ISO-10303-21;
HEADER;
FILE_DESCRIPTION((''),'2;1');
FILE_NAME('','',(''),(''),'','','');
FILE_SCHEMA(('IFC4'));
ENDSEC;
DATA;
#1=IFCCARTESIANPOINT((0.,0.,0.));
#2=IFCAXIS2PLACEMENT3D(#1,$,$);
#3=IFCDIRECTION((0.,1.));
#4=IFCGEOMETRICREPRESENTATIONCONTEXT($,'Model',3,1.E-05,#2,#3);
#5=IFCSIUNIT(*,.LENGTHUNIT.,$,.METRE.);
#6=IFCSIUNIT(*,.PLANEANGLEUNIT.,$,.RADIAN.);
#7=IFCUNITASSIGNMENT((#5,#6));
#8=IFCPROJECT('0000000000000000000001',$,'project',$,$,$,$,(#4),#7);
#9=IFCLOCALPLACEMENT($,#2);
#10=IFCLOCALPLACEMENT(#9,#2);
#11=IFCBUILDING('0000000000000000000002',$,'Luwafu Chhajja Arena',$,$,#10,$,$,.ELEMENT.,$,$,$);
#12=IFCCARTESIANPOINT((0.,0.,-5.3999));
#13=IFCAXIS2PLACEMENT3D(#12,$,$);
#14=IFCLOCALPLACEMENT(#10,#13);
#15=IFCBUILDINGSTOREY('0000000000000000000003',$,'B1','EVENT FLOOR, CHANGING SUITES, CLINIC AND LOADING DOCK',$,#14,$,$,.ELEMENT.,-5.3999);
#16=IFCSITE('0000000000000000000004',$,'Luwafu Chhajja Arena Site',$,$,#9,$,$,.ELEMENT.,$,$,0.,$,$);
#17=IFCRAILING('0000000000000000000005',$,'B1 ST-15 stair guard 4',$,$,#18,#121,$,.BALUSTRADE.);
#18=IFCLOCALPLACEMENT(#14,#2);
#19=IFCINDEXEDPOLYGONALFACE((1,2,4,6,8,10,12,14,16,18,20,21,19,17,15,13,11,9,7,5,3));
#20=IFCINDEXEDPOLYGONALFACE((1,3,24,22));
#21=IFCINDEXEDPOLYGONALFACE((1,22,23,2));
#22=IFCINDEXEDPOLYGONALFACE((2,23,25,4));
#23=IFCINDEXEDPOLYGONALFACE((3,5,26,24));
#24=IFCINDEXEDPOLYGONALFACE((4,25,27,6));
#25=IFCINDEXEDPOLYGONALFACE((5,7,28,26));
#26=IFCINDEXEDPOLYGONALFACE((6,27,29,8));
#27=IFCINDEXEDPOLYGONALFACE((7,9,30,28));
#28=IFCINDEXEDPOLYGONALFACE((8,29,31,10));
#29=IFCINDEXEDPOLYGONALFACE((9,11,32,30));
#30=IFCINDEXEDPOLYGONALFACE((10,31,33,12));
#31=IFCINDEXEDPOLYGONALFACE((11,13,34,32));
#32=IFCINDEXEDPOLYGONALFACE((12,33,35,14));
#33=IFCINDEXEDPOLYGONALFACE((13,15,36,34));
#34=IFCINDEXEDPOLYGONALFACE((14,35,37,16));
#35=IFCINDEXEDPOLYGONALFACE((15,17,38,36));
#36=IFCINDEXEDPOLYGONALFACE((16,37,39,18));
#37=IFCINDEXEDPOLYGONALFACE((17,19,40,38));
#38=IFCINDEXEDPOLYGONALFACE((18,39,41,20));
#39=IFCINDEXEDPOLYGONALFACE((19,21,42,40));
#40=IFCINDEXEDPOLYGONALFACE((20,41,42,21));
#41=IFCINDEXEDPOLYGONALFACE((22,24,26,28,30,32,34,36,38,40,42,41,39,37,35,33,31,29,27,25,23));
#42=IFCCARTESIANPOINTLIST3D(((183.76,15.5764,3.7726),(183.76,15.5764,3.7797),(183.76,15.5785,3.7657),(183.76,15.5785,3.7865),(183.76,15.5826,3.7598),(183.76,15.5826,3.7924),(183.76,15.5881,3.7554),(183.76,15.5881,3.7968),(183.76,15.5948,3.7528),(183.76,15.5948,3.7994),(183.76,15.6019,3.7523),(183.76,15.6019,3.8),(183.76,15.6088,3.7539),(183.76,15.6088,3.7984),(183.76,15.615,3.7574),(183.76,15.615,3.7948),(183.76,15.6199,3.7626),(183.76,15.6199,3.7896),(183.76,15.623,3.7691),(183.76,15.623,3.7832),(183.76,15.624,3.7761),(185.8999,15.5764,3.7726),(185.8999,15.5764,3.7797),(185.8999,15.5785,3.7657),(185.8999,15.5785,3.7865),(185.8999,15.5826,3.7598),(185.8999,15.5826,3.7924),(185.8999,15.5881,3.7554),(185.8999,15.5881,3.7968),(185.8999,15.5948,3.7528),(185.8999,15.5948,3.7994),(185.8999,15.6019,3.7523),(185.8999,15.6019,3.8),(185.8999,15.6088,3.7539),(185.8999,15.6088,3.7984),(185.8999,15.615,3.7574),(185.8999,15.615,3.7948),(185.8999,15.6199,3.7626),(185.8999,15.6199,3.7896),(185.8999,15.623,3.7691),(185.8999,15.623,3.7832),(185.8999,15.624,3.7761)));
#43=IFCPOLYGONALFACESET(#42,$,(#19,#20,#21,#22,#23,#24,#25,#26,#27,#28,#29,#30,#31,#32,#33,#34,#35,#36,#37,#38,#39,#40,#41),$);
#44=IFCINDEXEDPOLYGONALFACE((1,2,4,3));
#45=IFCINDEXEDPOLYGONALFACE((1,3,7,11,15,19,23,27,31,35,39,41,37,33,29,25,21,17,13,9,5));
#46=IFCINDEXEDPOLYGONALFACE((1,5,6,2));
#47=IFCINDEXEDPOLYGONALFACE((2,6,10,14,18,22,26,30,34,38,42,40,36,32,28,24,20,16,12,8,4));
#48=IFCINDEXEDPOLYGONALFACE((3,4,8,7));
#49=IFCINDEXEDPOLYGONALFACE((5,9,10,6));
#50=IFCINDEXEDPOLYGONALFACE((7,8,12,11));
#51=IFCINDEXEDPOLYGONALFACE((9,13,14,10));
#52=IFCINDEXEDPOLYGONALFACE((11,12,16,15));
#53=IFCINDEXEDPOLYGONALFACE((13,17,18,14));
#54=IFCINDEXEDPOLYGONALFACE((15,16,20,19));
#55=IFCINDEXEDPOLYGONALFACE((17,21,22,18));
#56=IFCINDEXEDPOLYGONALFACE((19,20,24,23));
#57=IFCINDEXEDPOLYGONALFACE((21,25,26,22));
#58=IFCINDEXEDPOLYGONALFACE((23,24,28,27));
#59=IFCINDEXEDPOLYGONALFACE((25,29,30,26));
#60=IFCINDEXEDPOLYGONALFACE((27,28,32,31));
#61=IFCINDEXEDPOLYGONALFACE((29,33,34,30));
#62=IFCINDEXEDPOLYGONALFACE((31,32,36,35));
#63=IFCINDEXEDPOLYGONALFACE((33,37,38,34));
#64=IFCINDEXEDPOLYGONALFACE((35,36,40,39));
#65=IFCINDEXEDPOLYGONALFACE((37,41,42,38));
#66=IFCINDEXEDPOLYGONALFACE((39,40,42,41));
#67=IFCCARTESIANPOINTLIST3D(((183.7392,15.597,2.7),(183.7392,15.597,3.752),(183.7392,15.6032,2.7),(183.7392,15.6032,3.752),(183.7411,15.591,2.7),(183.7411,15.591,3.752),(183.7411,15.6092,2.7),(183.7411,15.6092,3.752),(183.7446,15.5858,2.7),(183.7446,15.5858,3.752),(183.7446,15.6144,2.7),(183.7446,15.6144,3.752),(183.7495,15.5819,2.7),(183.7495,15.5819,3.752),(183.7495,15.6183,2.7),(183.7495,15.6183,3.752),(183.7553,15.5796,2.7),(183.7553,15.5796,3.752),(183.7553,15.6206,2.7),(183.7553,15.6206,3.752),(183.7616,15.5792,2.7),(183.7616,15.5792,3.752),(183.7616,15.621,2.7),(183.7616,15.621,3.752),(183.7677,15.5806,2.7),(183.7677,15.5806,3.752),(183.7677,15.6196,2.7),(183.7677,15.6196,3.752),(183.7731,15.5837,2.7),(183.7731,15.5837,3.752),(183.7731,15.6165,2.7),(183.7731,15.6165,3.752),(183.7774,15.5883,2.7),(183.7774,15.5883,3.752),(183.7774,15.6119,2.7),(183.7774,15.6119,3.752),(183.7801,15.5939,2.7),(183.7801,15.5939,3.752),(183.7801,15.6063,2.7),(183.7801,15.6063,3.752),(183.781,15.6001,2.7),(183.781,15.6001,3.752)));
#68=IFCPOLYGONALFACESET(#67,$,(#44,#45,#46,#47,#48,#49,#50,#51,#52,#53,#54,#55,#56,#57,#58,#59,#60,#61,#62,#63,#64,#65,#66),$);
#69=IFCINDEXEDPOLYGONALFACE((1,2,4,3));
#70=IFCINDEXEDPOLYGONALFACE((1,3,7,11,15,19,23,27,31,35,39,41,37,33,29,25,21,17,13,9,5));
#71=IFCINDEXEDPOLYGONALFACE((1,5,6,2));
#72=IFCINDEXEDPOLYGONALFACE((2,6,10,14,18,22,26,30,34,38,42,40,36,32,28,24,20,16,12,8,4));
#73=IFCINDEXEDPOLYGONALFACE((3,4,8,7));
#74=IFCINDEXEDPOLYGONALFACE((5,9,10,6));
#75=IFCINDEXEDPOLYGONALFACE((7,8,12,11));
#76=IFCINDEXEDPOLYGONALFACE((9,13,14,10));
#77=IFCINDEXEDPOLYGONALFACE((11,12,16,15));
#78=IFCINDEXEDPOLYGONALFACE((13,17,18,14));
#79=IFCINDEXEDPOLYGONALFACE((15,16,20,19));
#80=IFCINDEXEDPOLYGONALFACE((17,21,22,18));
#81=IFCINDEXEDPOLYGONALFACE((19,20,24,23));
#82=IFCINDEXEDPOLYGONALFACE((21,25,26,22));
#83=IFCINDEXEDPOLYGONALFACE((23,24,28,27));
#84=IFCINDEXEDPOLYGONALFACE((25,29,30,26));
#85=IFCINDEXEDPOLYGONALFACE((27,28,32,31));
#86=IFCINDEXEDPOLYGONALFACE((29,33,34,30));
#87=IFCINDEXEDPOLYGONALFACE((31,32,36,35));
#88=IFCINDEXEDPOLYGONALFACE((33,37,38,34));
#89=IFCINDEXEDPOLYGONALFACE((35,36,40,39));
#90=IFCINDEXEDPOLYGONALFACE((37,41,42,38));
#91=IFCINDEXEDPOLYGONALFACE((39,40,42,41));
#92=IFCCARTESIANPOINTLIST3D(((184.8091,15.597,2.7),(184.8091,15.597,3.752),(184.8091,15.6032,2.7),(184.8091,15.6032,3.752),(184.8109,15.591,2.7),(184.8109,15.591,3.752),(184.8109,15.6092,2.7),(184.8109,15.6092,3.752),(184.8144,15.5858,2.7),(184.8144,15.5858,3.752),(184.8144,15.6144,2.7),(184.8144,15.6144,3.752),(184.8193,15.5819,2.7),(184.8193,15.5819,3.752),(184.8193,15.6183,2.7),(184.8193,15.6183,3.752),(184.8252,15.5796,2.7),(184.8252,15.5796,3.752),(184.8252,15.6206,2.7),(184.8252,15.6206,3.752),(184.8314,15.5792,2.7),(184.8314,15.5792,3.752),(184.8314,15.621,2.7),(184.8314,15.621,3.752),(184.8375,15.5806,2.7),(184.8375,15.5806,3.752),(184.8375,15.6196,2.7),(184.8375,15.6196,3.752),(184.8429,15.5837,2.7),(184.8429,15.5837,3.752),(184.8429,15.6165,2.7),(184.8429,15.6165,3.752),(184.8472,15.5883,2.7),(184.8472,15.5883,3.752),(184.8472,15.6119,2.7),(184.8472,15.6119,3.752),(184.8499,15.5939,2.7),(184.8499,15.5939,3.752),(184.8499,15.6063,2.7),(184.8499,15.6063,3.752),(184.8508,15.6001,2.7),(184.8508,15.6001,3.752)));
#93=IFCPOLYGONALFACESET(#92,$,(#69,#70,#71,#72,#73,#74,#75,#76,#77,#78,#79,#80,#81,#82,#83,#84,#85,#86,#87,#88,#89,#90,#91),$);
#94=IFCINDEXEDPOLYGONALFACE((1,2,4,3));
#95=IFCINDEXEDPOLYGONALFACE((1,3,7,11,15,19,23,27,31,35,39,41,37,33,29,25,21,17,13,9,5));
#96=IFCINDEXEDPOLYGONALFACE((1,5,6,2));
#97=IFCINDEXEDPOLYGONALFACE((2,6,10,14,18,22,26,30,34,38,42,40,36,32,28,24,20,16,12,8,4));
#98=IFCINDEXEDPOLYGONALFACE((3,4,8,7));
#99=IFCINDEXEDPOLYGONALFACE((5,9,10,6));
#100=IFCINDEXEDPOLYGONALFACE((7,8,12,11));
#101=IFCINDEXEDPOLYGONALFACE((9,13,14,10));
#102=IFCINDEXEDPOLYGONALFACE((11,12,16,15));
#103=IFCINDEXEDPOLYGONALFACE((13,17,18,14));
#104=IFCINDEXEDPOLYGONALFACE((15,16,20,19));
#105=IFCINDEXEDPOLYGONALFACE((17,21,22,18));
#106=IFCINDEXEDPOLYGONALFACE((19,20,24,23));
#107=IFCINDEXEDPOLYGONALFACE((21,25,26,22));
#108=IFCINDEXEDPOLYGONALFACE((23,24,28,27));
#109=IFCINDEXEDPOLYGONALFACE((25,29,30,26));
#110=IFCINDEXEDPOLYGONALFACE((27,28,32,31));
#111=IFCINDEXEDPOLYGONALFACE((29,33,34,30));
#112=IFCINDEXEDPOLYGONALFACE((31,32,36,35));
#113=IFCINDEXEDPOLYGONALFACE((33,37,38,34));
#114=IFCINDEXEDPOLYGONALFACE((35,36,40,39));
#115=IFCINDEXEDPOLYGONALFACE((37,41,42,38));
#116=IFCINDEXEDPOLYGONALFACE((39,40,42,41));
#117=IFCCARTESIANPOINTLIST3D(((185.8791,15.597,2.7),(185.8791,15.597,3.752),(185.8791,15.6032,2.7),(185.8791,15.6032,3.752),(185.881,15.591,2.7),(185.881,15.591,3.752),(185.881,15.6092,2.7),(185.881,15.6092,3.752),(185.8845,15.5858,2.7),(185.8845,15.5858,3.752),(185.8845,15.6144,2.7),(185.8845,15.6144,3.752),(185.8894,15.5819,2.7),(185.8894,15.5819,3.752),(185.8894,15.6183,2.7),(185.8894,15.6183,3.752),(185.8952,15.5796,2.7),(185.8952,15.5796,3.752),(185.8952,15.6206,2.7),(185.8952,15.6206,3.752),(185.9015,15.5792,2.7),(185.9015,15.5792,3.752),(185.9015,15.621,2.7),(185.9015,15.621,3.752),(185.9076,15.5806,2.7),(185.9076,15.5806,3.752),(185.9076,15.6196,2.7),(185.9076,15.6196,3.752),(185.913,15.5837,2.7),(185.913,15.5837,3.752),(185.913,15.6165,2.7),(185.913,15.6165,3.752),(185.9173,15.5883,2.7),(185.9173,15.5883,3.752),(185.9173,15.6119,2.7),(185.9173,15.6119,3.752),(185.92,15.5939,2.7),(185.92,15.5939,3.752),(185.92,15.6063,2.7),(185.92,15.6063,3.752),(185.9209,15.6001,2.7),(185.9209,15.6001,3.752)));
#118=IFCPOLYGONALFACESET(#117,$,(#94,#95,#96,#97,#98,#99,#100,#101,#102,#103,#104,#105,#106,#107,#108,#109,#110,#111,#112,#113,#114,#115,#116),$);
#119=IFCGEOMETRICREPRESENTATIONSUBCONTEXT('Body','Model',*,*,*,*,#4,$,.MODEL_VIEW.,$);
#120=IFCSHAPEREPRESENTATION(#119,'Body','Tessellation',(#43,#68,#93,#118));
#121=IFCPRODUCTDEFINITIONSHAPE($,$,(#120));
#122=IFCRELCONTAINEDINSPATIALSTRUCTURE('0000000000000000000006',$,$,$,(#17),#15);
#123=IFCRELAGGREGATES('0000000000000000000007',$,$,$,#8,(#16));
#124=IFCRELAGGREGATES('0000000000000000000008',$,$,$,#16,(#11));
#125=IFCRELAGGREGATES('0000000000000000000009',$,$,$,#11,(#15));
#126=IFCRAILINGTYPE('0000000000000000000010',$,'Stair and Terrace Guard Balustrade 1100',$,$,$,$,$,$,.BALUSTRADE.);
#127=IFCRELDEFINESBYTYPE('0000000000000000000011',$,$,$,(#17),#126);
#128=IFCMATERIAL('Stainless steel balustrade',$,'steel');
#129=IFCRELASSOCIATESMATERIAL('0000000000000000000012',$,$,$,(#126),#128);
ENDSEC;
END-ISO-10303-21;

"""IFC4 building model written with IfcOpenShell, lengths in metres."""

from ifc_helpers import new_model, si_unit, direction, frame, origin, origin_2d, place, context, subcontext, project, spatial, circle, extrude, material, type_object, element, save


model = new_model("IFC4")

# Units and contexts
model_context = context("Model", 3, precision=1e-05, world=origin(), true_north=direction((0.0, 1.0)))
body_context = subcontext(model_context, "Body", "Model", "MODEL_VIEW")
ifc_project = project(units=[si_unit("LENGTHUNIT", "METRE"), si_unit("PLANEANGLEUNIT", "RADIAN")], contexts=[model_context])

# Site, building, storey
site_placement = place(None, origin())
site = spatial("IfcSite", under=ifc_project, at=site_placement, Name="Luwafu Chhajja Arena Site", CompositionType="ELEMENT", RefElevation=0.0)
building_placement = place(site_placement, origin())
building = spatial("IfcBuilding", under=site, at=building_placement, Name="Luwafu Chhajja Arena", CompositionType="ELEMENT")
storey_placement = place(building_placement, frame((0.0, 0.0, -5.3999)))
storey = spatial("IfcBuildingStorey", under=building, at=storey_placement, Name="B1", Description="EVENT FLOOR, CHANGING SUITES, CLINIC AND LOADING DOCK", CompositionType="ELEMENT", Elevation=-5.3999)

# Railing
ifc_material_1 = material(Name="Stainless steel balustrade", Category="steel")
railing_type_1 = type_object("IfcRailingType", Name="Stair and Terrace Guard Balustrade 1100", PredefinedType="BALUSTRADE", material=ifc_material_1)
railing_1_placement = place(storey_placement, frame((183.76, 15.6001, 2.7)))
element("IfcRailing", 1, at=railing_1_placement, inside=storey, type_object=railing_type_1, Name="B1 ST-15 stair guard 4", PredefinedType="BALUSTRADE", context=body_context, shape_type="SweptSolid", body=[
    extrude(circle(Radius=0.0239, at=origin_2d()), frame((0.0, 0.0, 1.0762), z_axis=(1.0, 0.0, 0.0), x_axis=(0.0, 1.0, 0.0)), (0.0, 0.0, 1.0), 2.1399),
    extrude(circle(Radius=0.021, at=origin_2d()), origin(), (0.0, 0.0, 1.0), 1.052),
    extrude(circle(Radius=0.021, at=origin_2d()), frame((1.0698, 0.0, 0.0)), (0.0, 0.0, 1.0), 1.052),
    extrude(circle(Radius=0.021, at=origin_2d()), frame((2.1399, 0.0, 0.0)), (0.0, 0.0, 1.0), 1.052),
])

save(model, "model.ifc")
